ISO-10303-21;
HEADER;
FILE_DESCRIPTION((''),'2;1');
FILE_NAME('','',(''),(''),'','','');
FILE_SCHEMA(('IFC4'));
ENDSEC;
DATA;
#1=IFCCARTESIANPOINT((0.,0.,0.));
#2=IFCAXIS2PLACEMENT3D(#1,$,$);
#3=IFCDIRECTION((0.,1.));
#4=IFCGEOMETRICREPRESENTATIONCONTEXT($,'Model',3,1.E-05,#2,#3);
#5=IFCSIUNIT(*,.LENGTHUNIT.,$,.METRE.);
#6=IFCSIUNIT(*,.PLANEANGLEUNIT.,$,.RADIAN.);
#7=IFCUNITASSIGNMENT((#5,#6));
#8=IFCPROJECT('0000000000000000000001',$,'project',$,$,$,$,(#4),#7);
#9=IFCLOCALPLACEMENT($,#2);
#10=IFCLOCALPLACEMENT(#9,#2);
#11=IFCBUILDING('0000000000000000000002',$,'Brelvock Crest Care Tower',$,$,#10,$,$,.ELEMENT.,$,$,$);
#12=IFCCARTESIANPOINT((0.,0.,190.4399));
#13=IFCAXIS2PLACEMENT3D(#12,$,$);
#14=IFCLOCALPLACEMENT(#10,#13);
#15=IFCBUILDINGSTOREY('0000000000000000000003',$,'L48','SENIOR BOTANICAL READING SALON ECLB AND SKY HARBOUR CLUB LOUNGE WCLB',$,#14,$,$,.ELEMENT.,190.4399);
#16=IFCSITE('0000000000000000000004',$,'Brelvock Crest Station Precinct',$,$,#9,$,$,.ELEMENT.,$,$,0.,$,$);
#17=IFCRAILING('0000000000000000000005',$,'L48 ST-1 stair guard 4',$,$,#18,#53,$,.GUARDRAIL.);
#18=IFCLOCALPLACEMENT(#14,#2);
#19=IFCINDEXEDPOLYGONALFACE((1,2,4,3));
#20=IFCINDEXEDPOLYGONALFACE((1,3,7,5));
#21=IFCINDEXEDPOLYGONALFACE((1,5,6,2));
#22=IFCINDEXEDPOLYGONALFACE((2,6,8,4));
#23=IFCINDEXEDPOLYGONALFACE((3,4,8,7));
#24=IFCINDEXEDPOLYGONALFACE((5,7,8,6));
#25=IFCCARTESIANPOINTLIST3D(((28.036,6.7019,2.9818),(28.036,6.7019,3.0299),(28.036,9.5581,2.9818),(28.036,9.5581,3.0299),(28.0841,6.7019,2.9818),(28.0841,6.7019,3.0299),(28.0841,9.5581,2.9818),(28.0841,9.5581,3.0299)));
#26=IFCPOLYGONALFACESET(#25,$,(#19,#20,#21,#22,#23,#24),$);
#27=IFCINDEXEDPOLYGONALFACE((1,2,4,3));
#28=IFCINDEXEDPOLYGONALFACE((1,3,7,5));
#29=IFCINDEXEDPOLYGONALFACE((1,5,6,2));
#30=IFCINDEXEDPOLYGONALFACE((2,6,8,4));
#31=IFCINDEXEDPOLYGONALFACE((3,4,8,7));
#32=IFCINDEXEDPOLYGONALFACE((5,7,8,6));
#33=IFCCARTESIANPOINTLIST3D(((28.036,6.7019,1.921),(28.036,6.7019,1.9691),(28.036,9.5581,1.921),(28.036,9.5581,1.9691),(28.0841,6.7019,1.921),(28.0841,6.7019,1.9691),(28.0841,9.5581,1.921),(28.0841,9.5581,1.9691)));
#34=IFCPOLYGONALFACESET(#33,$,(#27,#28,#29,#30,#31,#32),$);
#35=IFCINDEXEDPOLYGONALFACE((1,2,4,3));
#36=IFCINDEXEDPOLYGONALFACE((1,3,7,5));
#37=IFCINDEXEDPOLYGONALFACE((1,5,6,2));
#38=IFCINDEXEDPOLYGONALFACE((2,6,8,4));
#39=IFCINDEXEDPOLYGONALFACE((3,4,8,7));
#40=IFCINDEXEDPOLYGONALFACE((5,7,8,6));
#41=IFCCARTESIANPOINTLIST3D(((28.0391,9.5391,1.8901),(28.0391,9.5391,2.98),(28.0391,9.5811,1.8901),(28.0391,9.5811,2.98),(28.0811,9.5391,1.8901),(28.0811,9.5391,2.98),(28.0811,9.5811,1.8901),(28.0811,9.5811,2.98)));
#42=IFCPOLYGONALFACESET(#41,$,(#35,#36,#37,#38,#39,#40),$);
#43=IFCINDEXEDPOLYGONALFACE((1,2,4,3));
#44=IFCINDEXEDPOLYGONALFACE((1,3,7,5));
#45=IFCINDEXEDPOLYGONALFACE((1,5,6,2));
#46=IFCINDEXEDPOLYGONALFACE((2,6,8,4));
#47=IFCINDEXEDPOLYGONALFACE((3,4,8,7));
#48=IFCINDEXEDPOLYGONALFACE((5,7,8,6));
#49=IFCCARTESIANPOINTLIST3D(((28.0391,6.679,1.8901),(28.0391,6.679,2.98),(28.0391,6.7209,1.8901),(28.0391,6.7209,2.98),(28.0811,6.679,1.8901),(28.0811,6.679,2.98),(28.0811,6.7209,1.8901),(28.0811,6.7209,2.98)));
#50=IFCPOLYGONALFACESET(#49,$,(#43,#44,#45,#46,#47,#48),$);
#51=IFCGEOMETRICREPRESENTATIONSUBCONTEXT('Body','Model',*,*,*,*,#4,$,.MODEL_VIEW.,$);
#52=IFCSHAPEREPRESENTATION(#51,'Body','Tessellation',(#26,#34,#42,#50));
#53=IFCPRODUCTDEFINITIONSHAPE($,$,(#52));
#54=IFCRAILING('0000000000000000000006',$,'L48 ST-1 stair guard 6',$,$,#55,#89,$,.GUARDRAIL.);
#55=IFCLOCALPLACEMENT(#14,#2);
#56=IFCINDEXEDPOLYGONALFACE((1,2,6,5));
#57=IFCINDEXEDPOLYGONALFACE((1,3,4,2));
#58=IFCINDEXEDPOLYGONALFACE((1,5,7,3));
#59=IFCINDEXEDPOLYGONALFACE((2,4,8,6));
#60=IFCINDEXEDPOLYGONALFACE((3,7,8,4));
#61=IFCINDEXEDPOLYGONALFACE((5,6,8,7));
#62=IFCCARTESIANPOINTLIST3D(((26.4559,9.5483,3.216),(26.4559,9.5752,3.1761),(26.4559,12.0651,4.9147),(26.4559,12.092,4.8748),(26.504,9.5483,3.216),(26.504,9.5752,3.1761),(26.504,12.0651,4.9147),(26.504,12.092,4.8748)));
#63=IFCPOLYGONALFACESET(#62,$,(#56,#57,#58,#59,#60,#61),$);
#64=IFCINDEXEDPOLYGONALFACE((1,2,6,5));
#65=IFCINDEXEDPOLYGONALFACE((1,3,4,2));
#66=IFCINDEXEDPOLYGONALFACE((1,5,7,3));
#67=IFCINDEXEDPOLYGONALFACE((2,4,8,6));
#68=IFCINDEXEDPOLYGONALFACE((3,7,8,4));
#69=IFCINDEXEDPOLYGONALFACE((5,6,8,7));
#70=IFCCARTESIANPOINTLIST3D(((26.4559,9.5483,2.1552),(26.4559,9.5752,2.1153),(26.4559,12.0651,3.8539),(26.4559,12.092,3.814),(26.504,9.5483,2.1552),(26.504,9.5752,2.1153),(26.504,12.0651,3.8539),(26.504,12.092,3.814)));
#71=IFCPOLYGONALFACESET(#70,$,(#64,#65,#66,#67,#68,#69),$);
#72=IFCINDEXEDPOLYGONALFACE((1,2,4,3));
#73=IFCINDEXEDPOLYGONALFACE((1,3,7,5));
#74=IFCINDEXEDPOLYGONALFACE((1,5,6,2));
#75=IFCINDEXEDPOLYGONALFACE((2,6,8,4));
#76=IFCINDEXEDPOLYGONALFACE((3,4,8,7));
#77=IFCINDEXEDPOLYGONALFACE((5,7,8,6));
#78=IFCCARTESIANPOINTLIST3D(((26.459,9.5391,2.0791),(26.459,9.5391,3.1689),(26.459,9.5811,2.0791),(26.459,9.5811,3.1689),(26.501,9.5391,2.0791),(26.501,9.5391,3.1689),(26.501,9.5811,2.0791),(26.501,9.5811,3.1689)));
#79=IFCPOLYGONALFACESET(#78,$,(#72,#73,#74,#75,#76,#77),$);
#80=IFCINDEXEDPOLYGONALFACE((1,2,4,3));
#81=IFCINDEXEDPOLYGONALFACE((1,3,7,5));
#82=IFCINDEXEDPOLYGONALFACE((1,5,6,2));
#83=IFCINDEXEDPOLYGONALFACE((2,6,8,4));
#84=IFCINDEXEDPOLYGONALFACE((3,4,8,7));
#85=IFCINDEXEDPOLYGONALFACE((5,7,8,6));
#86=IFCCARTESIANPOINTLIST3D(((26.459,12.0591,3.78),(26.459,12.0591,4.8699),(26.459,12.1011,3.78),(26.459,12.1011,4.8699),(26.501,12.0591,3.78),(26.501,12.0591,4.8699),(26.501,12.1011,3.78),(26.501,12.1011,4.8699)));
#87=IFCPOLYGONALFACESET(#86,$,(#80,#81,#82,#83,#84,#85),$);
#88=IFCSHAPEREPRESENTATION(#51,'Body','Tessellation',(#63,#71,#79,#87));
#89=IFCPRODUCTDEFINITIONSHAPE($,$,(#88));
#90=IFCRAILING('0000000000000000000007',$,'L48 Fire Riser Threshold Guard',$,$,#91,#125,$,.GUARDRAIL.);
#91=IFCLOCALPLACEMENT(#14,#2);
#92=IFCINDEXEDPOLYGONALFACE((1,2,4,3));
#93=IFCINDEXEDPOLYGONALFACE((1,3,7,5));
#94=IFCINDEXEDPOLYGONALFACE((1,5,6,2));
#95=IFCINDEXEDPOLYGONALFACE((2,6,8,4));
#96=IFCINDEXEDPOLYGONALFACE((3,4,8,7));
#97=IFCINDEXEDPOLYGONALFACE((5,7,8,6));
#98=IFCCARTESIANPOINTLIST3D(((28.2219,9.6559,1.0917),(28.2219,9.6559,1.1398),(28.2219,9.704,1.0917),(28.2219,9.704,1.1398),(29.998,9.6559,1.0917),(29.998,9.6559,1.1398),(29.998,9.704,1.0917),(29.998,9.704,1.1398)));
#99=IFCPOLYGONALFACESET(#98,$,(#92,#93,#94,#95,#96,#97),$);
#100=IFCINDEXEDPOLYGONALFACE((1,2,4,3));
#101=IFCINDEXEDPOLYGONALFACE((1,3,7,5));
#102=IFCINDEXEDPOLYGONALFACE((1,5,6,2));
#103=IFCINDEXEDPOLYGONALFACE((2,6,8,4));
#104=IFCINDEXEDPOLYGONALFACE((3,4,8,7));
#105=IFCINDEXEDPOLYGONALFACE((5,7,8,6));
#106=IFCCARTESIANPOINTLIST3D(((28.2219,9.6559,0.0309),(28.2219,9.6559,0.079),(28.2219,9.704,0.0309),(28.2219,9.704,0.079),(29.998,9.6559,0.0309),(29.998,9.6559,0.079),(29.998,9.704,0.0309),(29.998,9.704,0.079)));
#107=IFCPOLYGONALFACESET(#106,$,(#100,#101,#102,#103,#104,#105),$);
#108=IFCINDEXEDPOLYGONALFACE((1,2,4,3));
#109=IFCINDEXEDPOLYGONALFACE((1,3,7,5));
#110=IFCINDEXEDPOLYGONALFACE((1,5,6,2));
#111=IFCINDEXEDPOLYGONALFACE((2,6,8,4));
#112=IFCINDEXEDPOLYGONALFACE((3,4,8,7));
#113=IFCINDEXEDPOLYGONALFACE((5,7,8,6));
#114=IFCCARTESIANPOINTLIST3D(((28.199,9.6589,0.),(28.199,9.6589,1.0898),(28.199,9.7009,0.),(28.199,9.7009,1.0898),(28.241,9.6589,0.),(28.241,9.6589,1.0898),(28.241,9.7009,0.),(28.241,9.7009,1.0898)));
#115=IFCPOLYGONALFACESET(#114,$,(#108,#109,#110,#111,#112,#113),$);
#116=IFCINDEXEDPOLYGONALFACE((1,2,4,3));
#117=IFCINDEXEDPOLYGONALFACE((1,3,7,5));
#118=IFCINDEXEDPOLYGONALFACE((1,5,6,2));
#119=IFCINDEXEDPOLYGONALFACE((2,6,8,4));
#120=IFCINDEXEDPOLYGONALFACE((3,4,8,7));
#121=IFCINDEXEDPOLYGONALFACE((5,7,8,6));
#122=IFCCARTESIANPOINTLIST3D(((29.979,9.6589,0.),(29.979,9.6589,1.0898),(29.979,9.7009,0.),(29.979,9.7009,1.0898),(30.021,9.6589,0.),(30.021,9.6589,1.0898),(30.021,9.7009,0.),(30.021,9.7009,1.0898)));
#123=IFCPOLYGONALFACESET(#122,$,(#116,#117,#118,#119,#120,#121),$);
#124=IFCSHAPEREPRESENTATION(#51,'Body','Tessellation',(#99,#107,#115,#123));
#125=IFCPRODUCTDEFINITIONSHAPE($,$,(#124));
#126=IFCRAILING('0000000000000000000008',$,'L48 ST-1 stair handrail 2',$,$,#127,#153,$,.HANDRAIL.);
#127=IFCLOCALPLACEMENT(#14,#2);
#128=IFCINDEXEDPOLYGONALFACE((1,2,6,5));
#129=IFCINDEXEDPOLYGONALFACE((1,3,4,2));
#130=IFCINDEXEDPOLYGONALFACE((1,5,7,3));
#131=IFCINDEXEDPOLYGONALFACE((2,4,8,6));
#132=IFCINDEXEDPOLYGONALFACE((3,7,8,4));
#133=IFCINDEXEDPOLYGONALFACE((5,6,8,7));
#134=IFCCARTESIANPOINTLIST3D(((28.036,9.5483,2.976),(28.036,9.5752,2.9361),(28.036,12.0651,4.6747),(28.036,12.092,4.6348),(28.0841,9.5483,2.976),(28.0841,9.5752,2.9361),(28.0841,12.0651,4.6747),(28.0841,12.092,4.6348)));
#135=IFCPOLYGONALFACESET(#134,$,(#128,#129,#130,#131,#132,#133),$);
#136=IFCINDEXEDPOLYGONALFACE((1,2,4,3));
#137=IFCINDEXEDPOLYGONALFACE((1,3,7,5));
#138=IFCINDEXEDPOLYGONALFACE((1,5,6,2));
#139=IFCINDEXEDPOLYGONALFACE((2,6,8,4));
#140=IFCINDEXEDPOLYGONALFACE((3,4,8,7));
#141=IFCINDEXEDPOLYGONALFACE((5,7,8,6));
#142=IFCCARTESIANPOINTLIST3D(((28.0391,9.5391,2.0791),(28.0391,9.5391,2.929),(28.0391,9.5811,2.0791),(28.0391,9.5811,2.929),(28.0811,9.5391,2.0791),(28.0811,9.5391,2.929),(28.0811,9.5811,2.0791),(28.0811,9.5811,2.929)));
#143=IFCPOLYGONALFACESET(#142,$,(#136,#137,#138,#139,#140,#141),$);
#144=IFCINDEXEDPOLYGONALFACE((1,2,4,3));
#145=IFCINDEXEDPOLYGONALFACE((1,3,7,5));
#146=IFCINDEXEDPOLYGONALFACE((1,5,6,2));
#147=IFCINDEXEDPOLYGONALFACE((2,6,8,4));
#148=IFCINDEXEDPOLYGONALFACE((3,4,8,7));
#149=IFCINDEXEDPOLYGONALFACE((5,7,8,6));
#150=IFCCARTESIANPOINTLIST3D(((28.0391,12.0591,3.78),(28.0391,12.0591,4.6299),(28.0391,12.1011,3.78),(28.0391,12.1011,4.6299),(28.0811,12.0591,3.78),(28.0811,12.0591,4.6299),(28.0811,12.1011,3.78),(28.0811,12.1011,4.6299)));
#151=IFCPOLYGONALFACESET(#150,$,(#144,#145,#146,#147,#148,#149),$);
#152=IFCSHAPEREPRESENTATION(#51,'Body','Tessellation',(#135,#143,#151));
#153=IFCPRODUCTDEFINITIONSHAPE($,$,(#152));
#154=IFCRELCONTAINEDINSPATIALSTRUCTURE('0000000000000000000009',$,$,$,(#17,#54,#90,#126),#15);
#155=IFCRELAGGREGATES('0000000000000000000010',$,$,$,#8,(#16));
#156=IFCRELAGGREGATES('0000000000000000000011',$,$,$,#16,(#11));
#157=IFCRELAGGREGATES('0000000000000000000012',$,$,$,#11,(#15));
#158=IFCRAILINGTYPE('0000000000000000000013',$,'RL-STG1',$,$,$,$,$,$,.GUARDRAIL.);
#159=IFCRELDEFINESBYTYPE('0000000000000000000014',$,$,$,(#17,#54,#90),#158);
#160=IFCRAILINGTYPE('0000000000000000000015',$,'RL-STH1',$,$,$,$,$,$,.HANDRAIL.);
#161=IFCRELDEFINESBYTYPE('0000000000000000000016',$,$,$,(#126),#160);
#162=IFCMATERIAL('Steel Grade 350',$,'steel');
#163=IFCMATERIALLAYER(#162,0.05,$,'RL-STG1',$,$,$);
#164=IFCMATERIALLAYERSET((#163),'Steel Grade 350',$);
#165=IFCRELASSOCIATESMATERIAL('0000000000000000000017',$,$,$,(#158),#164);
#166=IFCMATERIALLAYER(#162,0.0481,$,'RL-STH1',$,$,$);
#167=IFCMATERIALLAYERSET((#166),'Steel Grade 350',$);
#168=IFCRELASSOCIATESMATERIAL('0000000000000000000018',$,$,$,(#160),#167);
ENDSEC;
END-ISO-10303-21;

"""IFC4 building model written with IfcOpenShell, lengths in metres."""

from ifc_helpers import new_model, si_unit, direction, frame, origin, origin_2d, place, context, subcontext, project, spatial, rectangle, extrude, material, layer, layer_set, type_object, element, save


model = new_model("IFC4")

# Units and contexts
model_context = context("Model", 3, precision=1e-05, world=origin(), true_north=direction((0.0, 1.0)))
body_context = subcontext(model_context, "Body", "Model", "MODEL_VIEW")
ifc_project = project(units=[si_unit("LENGTHUNIT", "METRE"), si_unit("PLANEANGLEUNIT", "RADIAN")], contexts=[model_context])

# Site, building, storey
site_placement = place(None, origin())
site = spatial("IfcSite", under=ifc_project, at=site_placement, Name="Brelvock Crest Station Precinct", CompositionType="ELEMENT", RefElevation=0.0)
building_placement = place(site_placement, origin())
building = spatial("IfcBuilding", under=site, at=building_placement, Name="Brelvock Crest Care Tower", CompositionType="ELEMENT")
storey_placement = place(building_placement, frame((0.0, 0.0, 190.4399)))
storey = spatial("IfcBuildingStorey", under=building, at=storey_placement, Name="L48", Description="SENIOR BOTANICAL READING SALON ECLB AND SKY HARBOUR CLUB LOUNGE WCLB", CompositionType="ELEMENT", Elevation=190.4399)

# Shared definitions
ifc_material_1 = material(Name="Steel Grade 350", Category="steel")

# Railings
ifc_layer_1 = layer(ifc_material_1, 0.05, Name="RL-STG1")
ifc_layer_set_1 = layer_set([ifc_layer_1], Name="Steel Grade 350")
railing_type_1 = type_object("IfcRailingType", Name="RL-STG1", PredefinedType="GUARDRAIL", material=ifc_layer_set_1)
railing_1_placement = place(storey_placement, frame((28.0601, 9.5601, 1.8901)))
element("IfcRailing", 1, at=railing_1_placement, inside=storey, type_object=railing_type_1, Name="L48 ST-1 stair guard 4", PredefinedType="GUARDRAIL", context=body_context, shape_type="SweptSolid", body=[
    extrude(rectangle(XDim=0.0481, YDim=0.0481, at=origin_2d()), frame((0.0, -0.002, 1.1157), z_axis=(0.0, -1.0, 0.0), x_axis=(1.0, 0.0, 0.0)), (0.0, 0.0, 1.0), 2.8562),
    extrude(rectangle(XDim=0.0481, YDim=0.0481, at=origin_2d()), frame((0.0, -0.002, 0.0549), z_axis=(0.0, -1.0, 0.0), x_axis=(1.0, 0.0, 0.0)), (0.0, 0.0, 1.0), 2.8562),
    extrude(rectangle(XDim=0.042, YDim=0.042, at=origin_2d()), origin(), (0.0, 0.0, 1.0), 1.0898),
    extrude(rectangle(XDim=0.042, YDim=0.042, at=origin_2d()), frame((0.0, -2.8601, 0.0)), (0.0, 0.0, 1.0), 1.0898),
])
railing_2_placement = place(storey_placement, frame((26.48, 9.5601, 2.0791)))
element("IfcRailing", 2, at=railing_2_placement, inside=storey, type_object=railing_type_1, Name="L48 ST-1 stair guard 6", PredefinedType="GUARDRAIL", context=body_context, shape_type="SweptSolid", body=[
    extrude(rectangle(XDim=0.0481, YDim=0.0481, at=origin_2d()), frame((0.0, 0.0017, 1.1169), z_axis=(0.0, 0.828862, 0.559454), x_axis=(-1.0, 0.0, 0.0)), (0.0, 0.0, 1.0), 3.0364),
    extrude(rectangle(XDim=0.0481, YDim=0.0481, at=origin_2d()), frame((0.0, 0.0017, 0.0562), z_axis=(0.0, 0.828862, 0.559454), x_axis=(-1.0, 0.0, 0.0)), (0.0, 0.0, 1.0), 3.0364),
    extrude(rectangle(XDim=0.042, YDim=0.042, at=origin_2d()), origin(), (0.0, 0.0, 1.0), 1.0898),
    extrude(rectangle(XDim=0.042, YDim=0.042, at=origin_2d()), frame((0.0, 2.52, 1.7009)), (0.0, 0.0, 1.0), 1.0898),
])
railing_3_placement = place(storey_placement, frame((28.22, 9.6799, 0.0)))
element("IfcRailing", 3, at=railing_3_placement, inside=storey, type_object=railing_type_1, Name="L48 Fire Riser Threshold Guard", PredefinedType="GUARDRAIL", context=body_context, shape_type="SweptSolid", body=[
    extrude(rectangle(XDim=0.0481, YDim=0.0481, at=origin_2d()), frame((0.002, 0.0, 1.1157), z_axis=(1.0, 0.0, 0.0), x_axis=(0.0, 1.0, 0.0)), (0.0, 0.0, 1.0), 1.7761),
    extrude(rectangle(XDim=0.0481, YDim=0.0481, at=origin_2d()), frame((0.002, 0.0, 0.0549), z_axis=(1.0, 0.0, 0.0), x_axis=(0.0, 1.0, 0.0)), (0.0, 0.0, 1.0), 1.7761),
    extrude(rectangle(XDim=0.042, YDim=0.042, at=origin_2d()), origin(), (0.0, 0.0, 1.0), 1.0898),
    extrude(rectangle(XDim=0.042, YDim=0.042, at=origin_2d()), frame((1.78, 0.0, 0.0)), (0.0, 0.0, 1.0), 1.0898),
])
ifc_layer_2 = layer(ifc_material_1, 0.0481, Name="RL-STH1")
ifc_layer_set_2 = layer_set([ifc_layer_2], Name="Steel Grade 350")
railing_type_2 = type_object("IfcRailingType", Name="RL-STH1", PredefinedType="HANDRAIL", material=ifc_layer_set_2)
railing_4_placement = place(storey_placement, frame((28.0601, 9.5601, 2.0791)))
element("IfcRailing", 4, at=railing_4_placement, inside=storey, type_object=railing_type_2, Name="L48 ST-1 stair handrail 2", PredefinedType="HANDRAIL", context=body_context, shape_type="SweptSolid", body=[
    extrude(rectangle(XDim=0.0481, YDim=0.0481, at=origin_2d()), frame((0.0, 0.0017, 0.877), z_axis=(0.0, 0.828862, 0.559454), x_axis=(-1.0, 0.0, 0.0)), (0.0, 0.0, 1.0), 3.0364),
    extrude(rectangle(XDim=0.042, YDim=0.042, at=origin_2d()), origin(), (0.0, 0.0, 1.0), 0.8499),
    extrude(rectangle(XDim=0.042, YDim=0.042, at=origin_2d()), frame((0.0, 2.52, 1.7009)), (0.0, 0.0, 1.0), 0.8499),
])

save(model, "model.ifc")
